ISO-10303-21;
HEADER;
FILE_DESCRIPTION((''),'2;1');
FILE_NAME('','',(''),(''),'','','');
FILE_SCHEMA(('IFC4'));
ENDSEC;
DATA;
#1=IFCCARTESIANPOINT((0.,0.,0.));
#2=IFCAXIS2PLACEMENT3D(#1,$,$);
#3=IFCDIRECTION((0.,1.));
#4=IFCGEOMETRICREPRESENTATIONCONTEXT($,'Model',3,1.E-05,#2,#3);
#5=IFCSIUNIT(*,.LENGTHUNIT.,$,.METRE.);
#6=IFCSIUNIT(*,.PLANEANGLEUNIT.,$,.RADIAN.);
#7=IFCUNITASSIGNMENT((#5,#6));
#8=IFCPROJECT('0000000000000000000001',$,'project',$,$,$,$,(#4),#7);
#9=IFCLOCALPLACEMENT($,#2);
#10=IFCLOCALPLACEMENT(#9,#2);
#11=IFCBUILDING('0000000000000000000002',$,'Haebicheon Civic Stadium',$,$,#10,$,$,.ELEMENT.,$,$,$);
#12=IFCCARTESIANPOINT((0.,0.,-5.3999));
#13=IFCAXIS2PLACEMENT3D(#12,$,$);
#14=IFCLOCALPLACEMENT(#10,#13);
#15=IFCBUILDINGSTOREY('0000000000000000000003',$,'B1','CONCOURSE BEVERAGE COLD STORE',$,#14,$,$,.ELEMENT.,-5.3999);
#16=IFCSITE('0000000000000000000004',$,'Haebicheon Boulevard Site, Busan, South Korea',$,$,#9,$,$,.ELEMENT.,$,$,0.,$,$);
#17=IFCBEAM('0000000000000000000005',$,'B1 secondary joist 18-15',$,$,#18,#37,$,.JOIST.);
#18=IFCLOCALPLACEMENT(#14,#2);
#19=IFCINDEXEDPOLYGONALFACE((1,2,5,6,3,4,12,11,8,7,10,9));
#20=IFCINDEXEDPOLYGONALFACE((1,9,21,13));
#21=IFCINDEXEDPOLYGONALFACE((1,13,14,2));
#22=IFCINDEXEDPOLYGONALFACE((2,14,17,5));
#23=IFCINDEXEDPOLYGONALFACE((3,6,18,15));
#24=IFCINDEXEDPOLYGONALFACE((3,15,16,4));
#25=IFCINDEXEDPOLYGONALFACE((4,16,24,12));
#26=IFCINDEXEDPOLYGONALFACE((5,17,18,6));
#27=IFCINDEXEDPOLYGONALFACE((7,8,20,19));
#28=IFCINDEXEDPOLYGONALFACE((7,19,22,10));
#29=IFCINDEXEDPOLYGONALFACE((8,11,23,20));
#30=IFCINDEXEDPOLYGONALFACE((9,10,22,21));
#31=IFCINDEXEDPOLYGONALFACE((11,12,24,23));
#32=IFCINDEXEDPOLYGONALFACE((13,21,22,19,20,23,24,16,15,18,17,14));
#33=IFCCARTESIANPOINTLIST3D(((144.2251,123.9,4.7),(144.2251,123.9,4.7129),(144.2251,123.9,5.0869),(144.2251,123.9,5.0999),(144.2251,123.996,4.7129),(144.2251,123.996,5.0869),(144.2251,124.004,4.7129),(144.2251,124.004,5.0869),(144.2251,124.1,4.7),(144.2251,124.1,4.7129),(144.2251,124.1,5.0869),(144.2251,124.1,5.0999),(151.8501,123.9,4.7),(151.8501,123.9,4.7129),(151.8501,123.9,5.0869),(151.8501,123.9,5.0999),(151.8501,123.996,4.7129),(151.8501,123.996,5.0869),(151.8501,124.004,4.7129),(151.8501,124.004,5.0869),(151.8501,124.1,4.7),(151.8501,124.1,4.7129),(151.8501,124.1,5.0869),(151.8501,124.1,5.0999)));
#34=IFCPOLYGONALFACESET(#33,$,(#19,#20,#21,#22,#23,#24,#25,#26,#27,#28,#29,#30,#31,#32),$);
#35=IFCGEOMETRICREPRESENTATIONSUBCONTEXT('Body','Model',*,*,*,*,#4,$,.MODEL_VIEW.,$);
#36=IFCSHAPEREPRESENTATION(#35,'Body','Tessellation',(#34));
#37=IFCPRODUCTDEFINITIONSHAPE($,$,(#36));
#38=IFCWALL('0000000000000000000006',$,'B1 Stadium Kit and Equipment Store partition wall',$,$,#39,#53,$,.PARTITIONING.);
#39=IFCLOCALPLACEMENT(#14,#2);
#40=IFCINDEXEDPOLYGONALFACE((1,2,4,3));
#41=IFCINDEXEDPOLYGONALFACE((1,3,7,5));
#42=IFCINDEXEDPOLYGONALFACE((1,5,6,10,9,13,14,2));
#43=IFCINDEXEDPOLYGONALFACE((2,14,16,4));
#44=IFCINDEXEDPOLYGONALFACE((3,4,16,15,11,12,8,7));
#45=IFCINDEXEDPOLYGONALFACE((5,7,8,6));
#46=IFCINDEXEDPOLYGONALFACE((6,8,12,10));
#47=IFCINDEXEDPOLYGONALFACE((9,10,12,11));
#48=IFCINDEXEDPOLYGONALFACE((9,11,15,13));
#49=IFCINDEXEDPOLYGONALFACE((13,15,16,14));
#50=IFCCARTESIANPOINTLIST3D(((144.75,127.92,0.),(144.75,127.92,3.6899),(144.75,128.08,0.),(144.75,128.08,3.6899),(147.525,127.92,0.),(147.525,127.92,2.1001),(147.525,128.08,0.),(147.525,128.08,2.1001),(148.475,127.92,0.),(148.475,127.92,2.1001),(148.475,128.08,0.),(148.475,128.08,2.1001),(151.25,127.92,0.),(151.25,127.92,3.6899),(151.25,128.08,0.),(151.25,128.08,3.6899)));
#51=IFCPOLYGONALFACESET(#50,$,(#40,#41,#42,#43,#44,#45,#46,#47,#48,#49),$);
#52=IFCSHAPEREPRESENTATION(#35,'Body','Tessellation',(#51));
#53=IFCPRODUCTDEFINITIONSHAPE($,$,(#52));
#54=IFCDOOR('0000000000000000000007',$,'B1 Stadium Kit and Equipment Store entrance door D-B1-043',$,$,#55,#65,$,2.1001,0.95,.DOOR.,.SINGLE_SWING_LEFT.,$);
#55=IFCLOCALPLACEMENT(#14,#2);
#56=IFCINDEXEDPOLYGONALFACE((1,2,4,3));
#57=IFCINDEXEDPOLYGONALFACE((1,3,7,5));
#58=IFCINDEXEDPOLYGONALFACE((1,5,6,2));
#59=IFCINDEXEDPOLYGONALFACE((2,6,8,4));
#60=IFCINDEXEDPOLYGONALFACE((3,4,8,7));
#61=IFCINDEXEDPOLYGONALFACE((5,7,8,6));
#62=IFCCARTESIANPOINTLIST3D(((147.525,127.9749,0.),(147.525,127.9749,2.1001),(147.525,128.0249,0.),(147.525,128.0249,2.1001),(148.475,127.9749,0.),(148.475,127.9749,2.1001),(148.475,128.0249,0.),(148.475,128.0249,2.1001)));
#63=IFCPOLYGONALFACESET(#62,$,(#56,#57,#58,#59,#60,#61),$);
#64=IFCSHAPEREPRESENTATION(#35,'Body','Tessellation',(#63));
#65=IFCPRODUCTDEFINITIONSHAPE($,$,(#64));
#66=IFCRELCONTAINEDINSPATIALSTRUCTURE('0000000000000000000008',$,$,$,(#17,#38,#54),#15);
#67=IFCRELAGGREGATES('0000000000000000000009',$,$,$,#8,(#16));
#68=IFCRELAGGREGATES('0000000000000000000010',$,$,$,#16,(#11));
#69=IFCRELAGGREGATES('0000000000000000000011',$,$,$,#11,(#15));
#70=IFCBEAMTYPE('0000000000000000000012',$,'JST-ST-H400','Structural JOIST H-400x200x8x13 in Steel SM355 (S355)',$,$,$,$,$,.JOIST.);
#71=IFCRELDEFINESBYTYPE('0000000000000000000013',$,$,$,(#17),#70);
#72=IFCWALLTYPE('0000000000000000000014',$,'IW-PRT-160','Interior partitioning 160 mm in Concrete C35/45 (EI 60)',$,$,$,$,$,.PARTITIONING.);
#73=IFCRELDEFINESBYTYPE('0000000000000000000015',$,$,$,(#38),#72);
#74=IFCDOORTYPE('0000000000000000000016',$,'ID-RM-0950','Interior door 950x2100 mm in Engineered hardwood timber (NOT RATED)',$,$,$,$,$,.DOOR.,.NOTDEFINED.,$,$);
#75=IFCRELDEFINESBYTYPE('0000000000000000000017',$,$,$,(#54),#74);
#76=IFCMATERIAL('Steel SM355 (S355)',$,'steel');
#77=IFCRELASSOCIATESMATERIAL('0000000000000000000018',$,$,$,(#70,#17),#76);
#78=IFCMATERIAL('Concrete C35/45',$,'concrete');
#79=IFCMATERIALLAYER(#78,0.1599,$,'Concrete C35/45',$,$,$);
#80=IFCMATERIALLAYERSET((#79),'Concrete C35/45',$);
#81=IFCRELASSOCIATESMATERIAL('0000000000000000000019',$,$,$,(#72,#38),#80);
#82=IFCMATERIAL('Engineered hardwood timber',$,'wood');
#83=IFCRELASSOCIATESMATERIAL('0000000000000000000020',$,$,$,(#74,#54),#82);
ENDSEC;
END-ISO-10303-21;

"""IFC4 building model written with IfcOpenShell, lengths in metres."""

from ifc_helpers import new_model, si_unit, direction, frame, frame_2d, origin, origin_2d, place, context, subcontext, project, spatial, rectangle, i_section, extrude, material, layer, layer_set, material_profile, profile_set, type_object, element, fill, save


model = new_model("IFC4")

# Units and contexts
model_context = context("Model", 3, precision=1e-05, world=origin(), true_north=direction((0.0, 1.0)))
body_context = subcontext(model_context, "Body", "Model", "MODEL_VIEW")
ifc_project = project(units=[si_unit("LENGTHUNIT", "METRE"), si_unit("PLANEANGLEUNIT", "RADIAN")], contexts=[model_context])

# Site, building, storey
site_placement = place(None, origin())
site = spatial("IfcSite", under=ifc_project, at=site_placement, Name="Haebicheon Boulevard Site, Busan, South Korea", CompositionType="ELEMENT", RefElevation=0.0)
building_placement = place(site_placement, origin())
building = spatial("IfcBuilding", under=site, at=building_placement, Name="Haebicheon Civic Stadium", CompositionType="ELEMENT")
storey_placement = place(building_placement, frame((0.0, 0.0, -5.3999)))
storey = spatial("IfcBuildingStorey", under=building, at=storey_placement, Name="B1", Description="CONCOURSE BEVERAGE COLD STORE", CompositionType="ELEMENT", Elevation=-5.3999)

# Beam
ifc_material_1 = material(Name="Steel SM355 (S355)", Category="steel")
ifc_material_profile_1 = material_profile(ifc_material_1, i_section(OverallWidth=0.2, OverallDepth=0.3999, WebThickness=0.0081, FlangeThickness=0.0129, at=origin_2d()), Name="H-400x200x8x13")
ifc_profile_set_1 = profile_set([ifc_material_profile_1], Name="Steel SM355 (S355)")
beam_type_1 = type_object("IfcBeamType", Name="JST-ST-H400", Description="Structural JOIST H-400x200x8x13 in Steel SM355 (S355)", PredefinedType="JOIST", material=ifc_profile_set_1)
for number, where, z_axis, x_axis, name in (
    (1, (144.2251, 124.0, 4.8999), (1.0, 0.0, 0.0), (0.0, 1.0, 0.0), "B1 secondary joist 18-15"),
):
    element("IfcBeam", number, at=place(storey_placement, frame(where, z_axis=z_axis, x_axis=x_axis)), inside=storey, type_object=beam_type_1, material=ifc_profile_set_1, Name=name, PredefinedType="JOIST", context=body_context, shape_type="SweptSolid", body=[
        extrude(i_section(OverallWidth=0.2, OverallDepth=0.3999, WebThickness=0.0081, FlangeThickness=0.0129, at=origin_2d()), origin(), (0.0, 0.0, 1.0), 7.625),
    ])

# Wall, opening, door
ifc_material_2 = material(Name="Concrete C35/45", Category="concrete")
ifc_layer_1 = layer(ifc_material_2, 0.1599, Name="Concrete C35/45")
ifc_layer_set_1 = layer_set([ifc_layer_1], Name="Concrete C35/45")
wall_type = type_object("IfcWallType", Name="IW-PRT-160", Description="Interior partitioning 160 mm in Concrete C35/45 (EI 60)", PredefinedType="PARTITIONING", material=ifc_layer_set_1)
wall_placement = place(storey_placement, frame((144.75, 128.0, 0.0), z_axis=(0.0, 0.0, 1.0), x_axis=(1.0, 0.0, 0.0)))
wall = element("IfcWall", 2, at=wall_placement, inside=storey, type_object=wall_type, material=ifc_layer_set_1, Name="B1 Stadium Kit and Equipment Store partition wall", PredefinedType="PARTITIONING", context=body_context, shape_type="SweptSolid", body=[
    extrude(rectangle(XDim=6.5, YDim=0.1599, at=frame_2d((3.25, 0.0))), origin(), (0.0, 0.0, 1.0), 3.6899),
])
opening_placement = place(wall_placement, frame((2.7749, 0.0, 0.0)))
opening = element("IfcOpeningElement", 3, at=opening_placement, cuts=wall, PredefinedType="OPENING", context=body_context, shape_type="SweptSolid", body=[
    extrude(rectangle(XDim=0.95, YDim=2.1001, at=frame_2d((0.4751, 1.05))), frame((0.0, 0.0898, 0.0), z_axis=(0.0, -1.0, 0.0), x_axis=(1.0, 0.0, 0.0)), (0.0, 0.0, 1.0), 0.1799),
])
ifc_material_3 = material(Name="Engineered hardwood timber", Category="wood")
door_type = type_object("IfcDoorType", Name="ID-RM-0950", Description="Interior door 950x2100 mm in Engineered hardwood timber (NOT RATED)", OperationType="NOTDEFINED", PredefinedType="DOOR", material=ifc_material_3)
door_placement = place(opening_placement, origin())
door = element("IfcDoor", 4, at=door_placement, inside=storey, type_object=door_type, material=ifc_material_3, Name="B1 Stadium Kit and Equipment Store entrance door D-B1-043", OperationType="SINGLE_SWING_LEFT", OverallHeight=2.1001, OverallWidth=0.95, PredefinedType="DOOR", context=body_context, shape_type="SweptSolid", body=[
    extrude(rectangle(XDim=0.95, YDim=2.1001, at=frame_2d((0.4751, 1.05))), frame((0.0, 0.0249, 0.0), z_axis=(0.0, -1.0, 0.0), x_axis=(1.0, 0.0, 0.0)), (0.0, 0.0, 1.0), 0.05),
])
fill(opening, door)

save(model, "model.ifc")
